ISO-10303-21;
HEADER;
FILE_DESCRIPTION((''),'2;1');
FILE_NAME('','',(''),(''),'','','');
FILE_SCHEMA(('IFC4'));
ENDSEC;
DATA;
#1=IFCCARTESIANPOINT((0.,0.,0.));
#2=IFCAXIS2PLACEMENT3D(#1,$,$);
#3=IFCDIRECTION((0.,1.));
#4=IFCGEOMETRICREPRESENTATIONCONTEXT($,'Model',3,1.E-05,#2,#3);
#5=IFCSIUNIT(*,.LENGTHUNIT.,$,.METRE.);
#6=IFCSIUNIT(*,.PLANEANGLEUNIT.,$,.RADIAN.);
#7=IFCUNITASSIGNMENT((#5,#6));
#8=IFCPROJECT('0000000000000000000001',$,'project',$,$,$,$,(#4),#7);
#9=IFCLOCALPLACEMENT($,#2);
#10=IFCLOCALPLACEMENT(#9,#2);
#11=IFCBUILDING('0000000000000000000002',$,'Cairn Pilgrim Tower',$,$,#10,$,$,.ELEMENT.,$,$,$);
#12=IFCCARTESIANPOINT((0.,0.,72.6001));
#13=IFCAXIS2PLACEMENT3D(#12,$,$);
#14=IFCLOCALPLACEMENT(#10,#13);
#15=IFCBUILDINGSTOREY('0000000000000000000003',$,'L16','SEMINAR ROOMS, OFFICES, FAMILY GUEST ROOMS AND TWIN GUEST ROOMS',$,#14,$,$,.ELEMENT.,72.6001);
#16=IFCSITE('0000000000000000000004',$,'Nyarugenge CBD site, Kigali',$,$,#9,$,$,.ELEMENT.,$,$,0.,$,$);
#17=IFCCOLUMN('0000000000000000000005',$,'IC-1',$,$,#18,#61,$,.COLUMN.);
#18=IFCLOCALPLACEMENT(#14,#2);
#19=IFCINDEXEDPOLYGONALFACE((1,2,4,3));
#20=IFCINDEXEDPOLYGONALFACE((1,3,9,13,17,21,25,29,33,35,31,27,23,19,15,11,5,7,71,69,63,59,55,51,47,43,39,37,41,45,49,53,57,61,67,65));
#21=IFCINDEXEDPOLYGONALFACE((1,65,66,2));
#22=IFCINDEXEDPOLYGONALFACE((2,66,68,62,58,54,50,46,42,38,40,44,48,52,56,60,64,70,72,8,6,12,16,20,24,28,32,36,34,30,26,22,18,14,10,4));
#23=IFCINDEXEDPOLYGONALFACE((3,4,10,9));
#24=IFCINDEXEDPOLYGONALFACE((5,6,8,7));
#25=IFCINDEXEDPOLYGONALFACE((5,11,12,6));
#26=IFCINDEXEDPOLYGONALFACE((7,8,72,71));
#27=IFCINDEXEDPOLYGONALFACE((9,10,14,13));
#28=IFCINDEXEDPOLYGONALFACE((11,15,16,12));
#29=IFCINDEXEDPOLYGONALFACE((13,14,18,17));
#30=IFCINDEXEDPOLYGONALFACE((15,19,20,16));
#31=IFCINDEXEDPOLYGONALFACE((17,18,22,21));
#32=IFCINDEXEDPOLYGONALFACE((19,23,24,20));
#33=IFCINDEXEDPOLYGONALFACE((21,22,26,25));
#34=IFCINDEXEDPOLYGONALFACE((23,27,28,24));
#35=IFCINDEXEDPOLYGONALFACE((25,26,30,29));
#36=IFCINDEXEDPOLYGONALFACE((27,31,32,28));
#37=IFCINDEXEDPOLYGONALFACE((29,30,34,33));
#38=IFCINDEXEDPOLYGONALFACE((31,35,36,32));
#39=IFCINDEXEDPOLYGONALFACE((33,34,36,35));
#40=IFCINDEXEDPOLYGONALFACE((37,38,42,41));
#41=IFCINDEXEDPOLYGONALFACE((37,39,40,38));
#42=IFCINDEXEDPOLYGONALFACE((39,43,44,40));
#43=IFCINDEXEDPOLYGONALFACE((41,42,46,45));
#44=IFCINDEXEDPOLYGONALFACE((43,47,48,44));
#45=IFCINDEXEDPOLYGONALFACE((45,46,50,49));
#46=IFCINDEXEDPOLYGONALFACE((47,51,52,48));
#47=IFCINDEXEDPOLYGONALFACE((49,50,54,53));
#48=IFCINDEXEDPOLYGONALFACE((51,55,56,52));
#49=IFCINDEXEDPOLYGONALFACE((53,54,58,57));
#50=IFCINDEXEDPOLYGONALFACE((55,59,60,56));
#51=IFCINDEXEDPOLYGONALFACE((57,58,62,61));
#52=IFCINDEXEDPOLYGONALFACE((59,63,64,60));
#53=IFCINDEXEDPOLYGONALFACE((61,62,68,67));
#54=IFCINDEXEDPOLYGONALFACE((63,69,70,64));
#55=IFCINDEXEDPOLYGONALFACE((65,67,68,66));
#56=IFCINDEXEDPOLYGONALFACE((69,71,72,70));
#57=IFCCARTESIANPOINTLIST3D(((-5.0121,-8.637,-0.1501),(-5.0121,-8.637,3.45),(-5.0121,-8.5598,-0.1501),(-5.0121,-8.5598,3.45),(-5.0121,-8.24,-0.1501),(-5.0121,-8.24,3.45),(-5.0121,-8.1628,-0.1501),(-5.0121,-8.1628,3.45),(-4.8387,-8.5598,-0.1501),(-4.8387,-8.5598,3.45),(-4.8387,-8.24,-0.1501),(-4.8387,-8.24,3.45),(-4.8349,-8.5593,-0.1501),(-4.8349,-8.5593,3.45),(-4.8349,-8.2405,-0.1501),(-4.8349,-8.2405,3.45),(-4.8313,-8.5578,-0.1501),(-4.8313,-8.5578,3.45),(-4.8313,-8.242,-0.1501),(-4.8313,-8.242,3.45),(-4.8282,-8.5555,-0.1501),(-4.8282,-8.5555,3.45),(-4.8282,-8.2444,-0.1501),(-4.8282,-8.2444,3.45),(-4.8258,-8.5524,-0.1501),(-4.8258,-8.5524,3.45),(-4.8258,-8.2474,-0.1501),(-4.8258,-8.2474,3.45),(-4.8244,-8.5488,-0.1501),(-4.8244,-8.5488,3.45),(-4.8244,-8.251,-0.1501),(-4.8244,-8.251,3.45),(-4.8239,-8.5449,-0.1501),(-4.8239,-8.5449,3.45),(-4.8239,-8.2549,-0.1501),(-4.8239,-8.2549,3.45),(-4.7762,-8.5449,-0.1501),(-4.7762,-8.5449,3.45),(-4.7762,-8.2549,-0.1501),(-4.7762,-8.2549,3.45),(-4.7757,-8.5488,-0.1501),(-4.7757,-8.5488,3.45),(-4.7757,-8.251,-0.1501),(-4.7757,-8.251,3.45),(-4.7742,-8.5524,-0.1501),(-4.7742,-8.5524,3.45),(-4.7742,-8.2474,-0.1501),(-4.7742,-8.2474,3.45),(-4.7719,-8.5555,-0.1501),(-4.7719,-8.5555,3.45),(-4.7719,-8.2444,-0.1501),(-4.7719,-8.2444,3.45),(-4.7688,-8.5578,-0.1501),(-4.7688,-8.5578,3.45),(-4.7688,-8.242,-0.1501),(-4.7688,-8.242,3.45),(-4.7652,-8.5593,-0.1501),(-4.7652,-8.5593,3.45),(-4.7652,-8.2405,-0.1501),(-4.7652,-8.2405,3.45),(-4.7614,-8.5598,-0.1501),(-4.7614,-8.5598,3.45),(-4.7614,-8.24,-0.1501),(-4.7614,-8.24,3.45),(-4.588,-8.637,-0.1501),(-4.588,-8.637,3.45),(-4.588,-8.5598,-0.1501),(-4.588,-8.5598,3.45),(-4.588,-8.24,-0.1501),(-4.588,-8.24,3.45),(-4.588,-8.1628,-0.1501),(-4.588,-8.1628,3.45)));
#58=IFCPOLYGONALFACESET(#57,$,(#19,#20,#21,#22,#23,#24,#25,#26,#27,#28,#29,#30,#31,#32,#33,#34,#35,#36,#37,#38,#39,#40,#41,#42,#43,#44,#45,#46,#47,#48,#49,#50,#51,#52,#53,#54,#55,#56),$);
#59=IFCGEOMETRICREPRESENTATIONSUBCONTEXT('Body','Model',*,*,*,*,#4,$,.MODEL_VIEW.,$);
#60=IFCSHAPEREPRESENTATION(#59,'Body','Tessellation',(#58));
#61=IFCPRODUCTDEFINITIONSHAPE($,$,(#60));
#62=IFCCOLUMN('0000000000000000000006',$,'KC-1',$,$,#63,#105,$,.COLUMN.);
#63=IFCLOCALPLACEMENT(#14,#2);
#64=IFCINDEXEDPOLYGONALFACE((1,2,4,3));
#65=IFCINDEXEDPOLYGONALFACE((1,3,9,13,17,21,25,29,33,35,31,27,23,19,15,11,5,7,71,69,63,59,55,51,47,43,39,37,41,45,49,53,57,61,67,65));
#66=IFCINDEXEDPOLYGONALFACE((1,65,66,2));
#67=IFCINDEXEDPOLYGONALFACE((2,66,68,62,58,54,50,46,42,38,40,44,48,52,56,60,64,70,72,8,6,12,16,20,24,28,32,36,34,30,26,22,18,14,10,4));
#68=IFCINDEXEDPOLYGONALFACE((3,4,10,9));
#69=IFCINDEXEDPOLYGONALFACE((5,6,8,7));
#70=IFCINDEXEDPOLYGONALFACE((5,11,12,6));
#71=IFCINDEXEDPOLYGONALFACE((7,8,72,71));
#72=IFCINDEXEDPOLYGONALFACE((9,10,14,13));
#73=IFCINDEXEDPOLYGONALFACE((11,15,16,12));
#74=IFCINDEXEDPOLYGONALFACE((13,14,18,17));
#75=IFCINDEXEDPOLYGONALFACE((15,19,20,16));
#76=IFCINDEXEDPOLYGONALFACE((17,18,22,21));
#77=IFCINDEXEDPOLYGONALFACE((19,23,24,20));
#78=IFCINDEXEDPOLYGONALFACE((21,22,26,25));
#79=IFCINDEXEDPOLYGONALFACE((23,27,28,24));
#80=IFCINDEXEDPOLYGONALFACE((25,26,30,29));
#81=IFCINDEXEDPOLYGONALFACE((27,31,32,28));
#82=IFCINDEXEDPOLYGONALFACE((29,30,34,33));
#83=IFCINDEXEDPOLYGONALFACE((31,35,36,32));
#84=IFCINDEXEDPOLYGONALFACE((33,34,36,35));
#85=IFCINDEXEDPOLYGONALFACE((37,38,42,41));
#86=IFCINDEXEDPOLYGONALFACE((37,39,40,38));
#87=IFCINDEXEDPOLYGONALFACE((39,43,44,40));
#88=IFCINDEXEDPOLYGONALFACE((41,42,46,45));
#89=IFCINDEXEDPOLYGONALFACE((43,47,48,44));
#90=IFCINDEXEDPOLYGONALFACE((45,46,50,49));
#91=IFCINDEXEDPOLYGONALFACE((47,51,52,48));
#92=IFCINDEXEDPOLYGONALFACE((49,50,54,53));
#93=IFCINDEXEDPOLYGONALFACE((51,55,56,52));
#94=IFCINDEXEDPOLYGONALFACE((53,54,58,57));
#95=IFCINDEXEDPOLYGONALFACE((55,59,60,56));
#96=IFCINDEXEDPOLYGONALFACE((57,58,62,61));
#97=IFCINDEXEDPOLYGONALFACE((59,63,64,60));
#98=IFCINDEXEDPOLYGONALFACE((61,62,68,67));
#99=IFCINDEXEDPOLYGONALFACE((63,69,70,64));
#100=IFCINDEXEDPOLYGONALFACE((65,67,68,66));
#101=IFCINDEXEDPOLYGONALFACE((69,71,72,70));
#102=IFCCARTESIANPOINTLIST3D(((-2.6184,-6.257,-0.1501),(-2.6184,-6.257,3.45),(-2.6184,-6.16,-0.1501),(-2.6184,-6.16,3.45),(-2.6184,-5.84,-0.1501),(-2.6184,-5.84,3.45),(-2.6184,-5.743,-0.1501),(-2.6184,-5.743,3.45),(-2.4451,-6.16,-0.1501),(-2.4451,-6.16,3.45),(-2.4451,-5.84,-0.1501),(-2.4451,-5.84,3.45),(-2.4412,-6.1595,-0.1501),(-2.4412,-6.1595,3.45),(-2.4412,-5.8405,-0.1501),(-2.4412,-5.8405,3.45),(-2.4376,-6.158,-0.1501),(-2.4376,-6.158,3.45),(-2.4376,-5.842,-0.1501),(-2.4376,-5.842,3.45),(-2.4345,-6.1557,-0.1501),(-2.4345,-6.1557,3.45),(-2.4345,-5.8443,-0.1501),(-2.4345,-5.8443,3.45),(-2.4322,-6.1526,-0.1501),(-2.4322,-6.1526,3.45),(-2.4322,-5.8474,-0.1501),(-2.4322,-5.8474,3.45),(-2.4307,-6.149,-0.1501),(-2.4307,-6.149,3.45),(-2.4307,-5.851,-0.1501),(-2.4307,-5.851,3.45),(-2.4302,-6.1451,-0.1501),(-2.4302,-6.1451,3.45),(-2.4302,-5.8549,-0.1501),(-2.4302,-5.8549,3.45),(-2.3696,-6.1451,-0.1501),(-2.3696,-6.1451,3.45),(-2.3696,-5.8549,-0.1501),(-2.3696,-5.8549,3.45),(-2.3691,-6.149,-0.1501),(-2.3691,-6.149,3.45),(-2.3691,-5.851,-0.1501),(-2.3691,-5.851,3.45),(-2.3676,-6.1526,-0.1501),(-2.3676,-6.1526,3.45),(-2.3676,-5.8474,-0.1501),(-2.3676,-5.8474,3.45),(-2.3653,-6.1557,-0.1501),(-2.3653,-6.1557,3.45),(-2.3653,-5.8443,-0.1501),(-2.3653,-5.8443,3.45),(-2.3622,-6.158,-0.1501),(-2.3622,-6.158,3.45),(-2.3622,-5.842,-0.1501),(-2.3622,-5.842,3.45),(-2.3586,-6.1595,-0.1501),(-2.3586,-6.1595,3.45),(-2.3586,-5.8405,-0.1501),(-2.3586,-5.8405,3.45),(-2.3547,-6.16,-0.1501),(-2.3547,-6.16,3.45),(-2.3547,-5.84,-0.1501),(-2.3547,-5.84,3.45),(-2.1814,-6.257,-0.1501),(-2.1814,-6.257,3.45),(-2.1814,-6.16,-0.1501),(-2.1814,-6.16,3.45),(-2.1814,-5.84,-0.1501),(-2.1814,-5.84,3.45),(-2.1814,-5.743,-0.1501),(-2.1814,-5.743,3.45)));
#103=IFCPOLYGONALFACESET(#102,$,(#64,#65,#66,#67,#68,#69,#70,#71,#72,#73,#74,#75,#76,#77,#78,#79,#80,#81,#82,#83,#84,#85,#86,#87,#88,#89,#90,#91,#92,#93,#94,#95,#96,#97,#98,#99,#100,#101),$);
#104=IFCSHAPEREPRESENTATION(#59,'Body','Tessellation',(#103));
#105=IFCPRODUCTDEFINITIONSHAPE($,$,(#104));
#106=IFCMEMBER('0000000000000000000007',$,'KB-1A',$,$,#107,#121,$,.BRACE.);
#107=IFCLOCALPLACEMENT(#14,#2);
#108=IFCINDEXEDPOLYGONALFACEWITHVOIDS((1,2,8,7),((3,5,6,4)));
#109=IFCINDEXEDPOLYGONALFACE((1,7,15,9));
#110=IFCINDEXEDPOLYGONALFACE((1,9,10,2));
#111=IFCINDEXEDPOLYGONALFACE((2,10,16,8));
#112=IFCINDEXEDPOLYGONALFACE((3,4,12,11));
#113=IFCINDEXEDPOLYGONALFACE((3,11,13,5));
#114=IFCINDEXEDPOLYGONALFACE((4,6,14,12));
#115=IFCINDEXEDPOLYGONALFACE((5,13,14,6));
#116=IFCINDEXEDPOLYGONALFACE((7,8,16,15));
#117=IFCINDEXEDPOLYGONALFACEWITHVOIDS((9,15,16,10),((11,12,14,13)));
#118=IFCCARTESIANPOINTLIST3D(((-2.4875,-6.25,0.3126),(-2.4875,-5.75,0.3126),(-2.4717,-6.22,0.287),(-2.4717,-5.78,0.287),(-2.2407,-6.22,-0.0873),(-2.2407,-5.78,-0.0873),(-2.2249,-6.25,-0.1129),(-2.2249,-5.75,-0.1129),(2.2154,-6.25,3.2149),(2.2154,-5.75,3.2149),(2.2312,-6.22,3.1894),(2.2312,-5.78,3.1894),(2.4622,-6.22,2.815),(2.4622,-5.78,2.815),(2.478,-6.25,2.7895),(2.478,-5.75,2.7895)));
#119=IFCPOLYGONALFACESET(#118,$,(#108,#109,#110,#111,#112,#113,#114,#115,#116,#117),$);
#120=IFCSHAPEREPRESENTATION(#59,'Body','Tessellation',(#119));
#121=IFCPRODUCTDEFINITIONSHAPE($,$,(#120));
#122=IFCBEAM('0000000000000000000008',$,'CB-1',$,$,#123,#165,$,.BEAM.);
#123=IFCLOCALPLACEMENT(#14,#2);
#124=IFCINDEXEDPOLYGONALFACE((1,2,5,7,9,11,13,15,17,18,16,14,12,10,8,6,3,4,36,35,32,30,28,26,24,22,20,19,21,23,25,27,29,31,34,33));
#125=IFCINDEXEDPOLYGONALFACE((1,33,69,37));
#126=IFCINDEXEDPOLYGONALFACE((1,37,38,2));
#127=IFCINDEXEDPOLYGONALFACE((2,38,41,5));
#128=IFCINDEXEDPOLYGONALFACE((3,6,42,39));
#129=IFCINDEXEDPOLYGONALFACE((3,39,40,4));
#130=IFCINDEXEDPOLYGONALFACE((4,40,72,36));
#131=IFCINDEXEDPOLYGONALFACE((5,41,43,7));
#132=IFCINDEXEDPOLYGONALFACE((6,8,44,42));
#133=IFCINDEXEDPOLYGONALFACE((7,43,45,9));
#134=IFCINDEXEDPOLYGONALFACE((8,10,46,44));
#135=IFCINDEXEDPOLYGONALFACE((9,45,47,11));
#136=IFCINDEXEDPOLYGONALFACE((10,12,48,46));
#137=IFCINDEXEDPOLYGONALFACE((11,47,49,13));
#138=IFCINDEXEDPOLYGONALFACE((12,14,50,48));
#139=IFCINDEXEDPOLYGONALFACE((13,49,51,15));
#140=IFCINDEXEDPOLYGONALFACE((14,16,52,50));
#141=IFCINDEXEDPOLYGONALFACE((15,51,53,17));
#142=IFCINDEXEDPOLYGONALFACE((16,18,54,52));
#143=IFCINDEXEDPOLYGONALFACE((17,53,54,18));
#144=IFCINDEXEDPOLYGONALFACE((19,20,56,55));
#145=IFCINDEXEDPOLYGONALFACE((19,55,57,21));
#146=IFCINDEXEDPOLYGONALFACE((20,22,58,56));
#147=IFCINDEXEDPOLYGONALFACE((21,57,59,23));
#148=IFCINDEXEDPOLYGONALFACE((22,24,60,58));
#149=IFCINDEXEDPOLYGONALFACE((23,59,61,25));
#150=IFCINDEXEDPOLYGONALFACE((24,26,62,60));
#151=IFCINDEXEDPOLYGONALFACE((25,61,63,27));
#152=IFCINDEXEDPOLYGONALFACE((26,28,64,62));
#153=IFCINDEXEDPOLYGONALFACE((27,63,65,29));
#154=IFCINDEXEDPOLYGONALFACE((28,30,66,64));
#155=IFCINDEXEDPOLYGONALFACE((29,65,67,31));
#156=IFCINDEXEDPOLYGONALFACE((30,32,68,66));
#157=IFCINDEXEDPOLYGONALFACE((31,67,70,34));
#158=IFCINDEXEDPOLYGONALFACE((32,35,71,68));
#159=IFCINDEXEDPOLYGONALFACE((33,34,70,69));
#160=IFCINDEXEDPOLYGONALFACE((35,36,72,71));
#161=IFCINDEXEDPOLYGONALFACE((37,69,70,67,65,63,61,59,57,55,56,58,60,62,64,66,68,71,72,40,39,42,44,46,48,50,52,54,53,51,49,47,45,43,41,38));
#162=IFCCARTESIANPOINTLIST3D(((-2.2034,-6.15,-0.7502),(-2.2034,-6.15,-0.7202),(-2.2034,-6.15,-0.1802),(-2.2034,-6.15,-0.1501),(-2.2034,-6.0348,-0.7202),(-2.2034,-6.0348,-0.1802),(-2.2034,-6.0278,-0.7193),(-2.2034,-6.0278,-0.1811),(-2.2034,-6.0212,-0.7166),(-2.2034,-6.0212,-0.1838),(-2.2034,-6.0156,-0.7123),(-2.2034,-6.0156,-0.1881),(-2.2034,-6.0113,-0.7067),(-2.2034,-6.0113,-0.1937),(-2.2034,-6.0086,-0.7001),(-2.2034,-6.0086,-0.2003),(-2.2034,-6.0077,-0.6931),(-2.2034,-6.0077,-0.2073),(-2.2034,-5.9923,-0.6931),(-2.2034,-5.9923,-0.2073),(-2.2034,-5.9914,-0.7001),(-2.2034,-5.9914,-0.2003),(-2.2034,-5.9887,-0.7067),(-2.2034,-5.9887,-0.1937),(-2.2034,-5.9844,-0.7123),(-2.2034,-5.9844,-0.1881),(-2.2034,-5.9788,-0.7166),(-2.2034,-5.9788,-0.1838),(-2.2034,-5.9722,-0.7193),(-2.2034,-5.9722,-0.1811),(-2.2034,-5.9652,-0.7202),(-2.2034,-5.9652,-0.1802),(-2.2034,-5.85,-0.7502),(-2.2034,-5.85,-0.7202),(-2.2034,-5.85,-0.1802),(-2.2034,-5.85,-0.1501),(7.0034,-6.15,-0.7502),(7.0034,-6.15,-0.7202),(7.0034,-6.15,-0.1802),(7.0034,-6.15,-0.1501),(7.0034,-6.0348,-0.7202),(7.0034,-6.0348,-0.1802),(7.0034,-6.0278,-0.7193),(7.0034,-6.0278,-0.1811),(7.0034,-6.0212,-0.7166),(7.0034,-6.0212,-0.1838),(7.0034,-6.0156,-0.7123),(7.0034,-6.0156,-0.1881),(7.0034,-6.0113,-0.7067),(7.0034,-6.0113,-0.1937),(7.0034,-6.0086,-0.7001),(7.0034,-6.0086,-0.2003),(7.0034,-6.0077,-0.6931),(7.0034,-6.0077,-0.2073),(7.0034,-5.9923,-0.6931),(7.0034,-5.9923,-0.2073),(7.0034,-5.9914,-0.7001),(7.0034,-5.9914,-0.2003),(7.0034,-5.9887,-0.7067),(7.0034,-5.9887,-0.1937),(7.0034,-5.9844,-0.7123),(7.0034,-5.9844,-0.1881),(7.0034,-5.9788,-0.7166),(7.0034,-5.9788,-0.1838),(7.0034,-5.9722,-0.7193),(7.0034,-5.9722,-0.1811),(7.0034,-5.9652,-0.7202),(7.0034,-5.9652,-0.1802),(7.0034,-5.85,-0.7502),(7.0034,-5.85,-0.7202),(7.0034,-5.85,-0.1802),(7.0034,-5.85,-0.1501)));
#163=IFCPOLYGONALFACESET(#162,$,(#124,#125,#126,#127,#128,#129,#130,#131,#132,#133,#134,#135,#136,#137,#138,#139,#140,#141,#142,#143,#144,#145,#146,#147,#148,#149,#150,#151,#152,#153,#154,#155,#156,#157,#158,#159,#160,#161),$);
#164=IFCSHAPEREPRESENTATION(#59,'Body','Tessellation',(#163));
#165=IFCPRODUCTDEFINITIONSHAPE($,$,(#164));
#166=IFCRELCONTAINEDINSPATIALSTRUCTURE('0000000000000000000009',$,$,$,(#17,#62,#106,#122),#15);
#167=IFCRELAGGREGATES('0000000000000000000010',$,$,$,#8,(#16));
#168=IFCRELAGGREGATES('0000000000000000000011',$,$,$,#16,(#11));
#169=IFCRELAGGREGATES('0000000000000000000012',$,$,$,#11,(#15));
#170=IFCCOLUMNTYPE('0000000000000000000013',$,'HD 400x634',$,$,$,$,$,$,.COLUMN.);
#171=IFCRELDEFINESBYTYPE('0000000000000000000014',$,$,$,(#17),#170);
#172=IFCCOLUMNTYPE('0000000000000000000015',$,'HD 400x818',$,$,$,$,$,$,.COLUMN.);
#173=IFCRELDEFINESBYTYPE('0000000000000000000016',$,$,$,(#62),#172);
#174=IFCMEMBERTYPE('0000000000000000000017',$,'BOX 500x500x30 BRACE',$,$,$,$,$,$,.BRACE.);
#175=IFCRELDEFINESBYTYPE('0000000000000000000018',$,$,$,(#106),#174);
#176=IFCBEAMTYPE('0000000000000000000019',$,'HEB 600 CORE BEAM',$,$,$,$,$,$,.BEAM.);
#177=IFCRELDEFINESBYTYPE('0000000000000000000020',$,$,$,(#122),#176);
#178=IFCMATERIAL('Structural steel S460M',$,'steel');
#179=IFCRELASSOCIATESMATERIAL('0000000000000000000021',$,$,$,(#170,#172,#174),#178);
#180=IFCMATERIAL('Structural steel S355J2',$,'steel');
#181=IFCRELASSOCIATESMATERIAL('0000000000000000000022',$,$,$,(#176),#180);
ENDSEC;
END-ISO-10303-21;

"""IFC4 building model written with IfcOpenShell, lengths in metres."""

from ifc_helpers import new_model, si_unit, direction, frame, origin, origin_2d, place, context, subcontext, project, spatial, hollow_rectangle, i_section, extrude, material, material_profile, profile_set, type_object, element, save


model = new_model("IFC4")

# Units and contexts
model_context = context("Model", 3, precision=1e-05, world=origin(), true_north=direction((0.0, 1.0)))
body_context = subcontext(model_context, "Body", "Model", "MODEL_VIEW")
ifc_project = project(units=[si_unit("LENGTHUNIT", "METRE"), si_unit("PLANEANGLEUNIT", "RADIAN")], contexts=[model_context])

# Site, building, storey
site_placement = place(None, origin())
site = spatial("IfcSite", under=ifc_project, at=site_placement, Name="Nyarugenge CBD site, Kigali", CompositionType="ELEMENT", RefElevation=0.0)
building_placement = place(site_placement, origin())
building = spatial("IfcBuilding", under=site, at=building_placement, Name="Cairn Pilgrim Tower", CompositionType="ELEMENT")
storey_placement = place(building_placement, frame((0.0, 0.0, 72.6001)))
storey = spatial("IfcBuildingStorey", under=building, at=storey_placement, Name="L16", Description="SEMINAR ROOMS, OFFICES, FAMILY GUEST ROOMS AND TWIN GUEST ROOMS", CompositionType="ELEMENT", Elevation=72.6001)

# Columns
ifc_material_1 = material(Name="Structural steel S460M", Category="steel")
ifc_material_profile_1 = material_profile(ifc_material_1, i_section(OverallWidth=0.4241, OverallDepth=0.4741, WebThickness=0.0476, FlangeThickness=0.0771, FilletRadius=0.0149, at=origin_2d()), Name="HD 400x634")
ifc_profile_set_1 = profile_set([ifc_material_profile_1], Name="Structural steel S460M")
column_type_1 = type_object("IfcColumnType", Name="HD 400x634", PredefinedType="COLUMN", material=ifc_profile_set_1)
column_1_placement = place(storey_placement, frame((-4.8, -8.3999, -0.1501), z_axis=(0.0, 0.0, 1.0), x_axis=(1.0, 0.0, 0.0)))
element("IfcColumn", 1, at=column_1_placement, inside=storey, type_object=column_type_1, Name="IC-1", PredefinedType="COLUMN", context=body_context, shape_type="SweptSolid", body=[
    extrude(i_section(OverallWidth=0.4241, OverallDepth=0.4741, WebThickness=0.0476, FlangeThickness=0.0771, FilletRadius=0.0149, at=origin_2d()), origin(), (0.0, 0.0, 1.0), 3.6001),
])
ifc_material_profile_2 = material_profile(ifc_material_1, i_section(OverallWidth=0.437, OverallDepth=0.5139, WebThickness=0.0605, FlangeThickness=0.0969, FilletRadius=0.0149, at=origin_2d()), Name="HD 400x818")
ifc_profile_set_2 = profile_set([ifc_material_profile_2], Name="Structural steel S460M")
column_type_2 = type_object("IfcColumnType", Name="HD 400x818", PredefinedType="COLUMN", material=ifc_profile_set_2)
column_2_placement = place(storey_placement, frame((-2.3999, -6.0, -0.1501), z_axis=(0.0, 0.0, 1.0), x_axis=(1.0, 0.0, 0.0)))
element("IfcColumn", 2, at=column_2_placement, inside=storey, type_object=column_type_2, Name="KC-1", PredefinedType="COLUMN", context=body_context, shape_type="SweptSolid", body=[
    extrude(i_section(OverallWidth=0.437, OverallDepth=0.5139, WebThickness=0.0605, FlangeThickness=0.0969, FilletRadius=0.0149, at=origin_2d()), origin(), (0.0, 0.0, 1.0), 3.6001),
])

# Member
ifc_material_profile_3 = material_profile(ifc_material_1, hollow_rectangle(XDim=0.5, YDim=0.5, WallThickness=0.03, at=origin_2d()), Name="BOX 500x500x30")
ifc_profile_set_3 = profile_set([ifc_material_profile_3], Name="Structural steel S460M")
member_type = type_object("IfcMemberType", Name="BOX 500x500x30 BRACE", PredefinedType="BRACE", material=ifc_profile_set_3)
member_placement = place(storey_placement, frame((-2.3562, -6.0, 0.0999), z_axis=(0.85099, 0.0, 0.525182), x_axis=(0.0, 1.0, 0.0)))
element("IfcMember", 3, at=member_placement, inside=storey, type_object=member_type, Name="KB-1A", PredefinedType="BRACE", context=body_context, shape_type="SweptSolid", body=[
    extrude(hollow_rectangle(XDim=0.5, YDim=0.5, WallThickness=0.03, at=origin_2d()), origin(), (0.0, 0.0, 1.0), 5.5264),
])

# Beam
ifc_material_2 = material(Name="Structural steel S355J2", Category="steel")
ifc_material_profile_4 = material_profile(ifc_material_2, i_section(OverallWidth=0.3, OverallDepth=0.6001, WebThickness=0.0154, FlangeThickness=0.03, FilletRadius=0.0271, at=origin_2d()), Name="HEB 600")
ifc_profile_set_4 = profile_set([ifc_material_profile_4], Name="Structural steel S355J2")
beam_type_1 = type_object("IfcBeamType", Name="HEB 600 CORE BEAM", PredefinedType="BEAM", material=ifc_profile_set_4)
beam_1_placement = place(storey_placement, frame((-2.2034, -6.0, -0.4502), z_axis=(1.0, 0.0, 0.0), x_axis=(0.0, 1.0, 0.0)))
element("IfcBeam", 4, at=beam_1_placement, inside=storey, type_object=beam_type_1, Name="CB-1", PredefinedType="BEAM", context=body_context, shape_type="SweptSolid", body=[
    extrude(i_section(OverallWidth=0.3, OverallDepth=0.6001, WebThickness=0.0154, FlangeThickness=0.03, FilletRadius=0.0271, at=origin_2d()), origin(), (0.0, 0.0, 1.0), 9.2068),
])

save(model, "model.ifc")
